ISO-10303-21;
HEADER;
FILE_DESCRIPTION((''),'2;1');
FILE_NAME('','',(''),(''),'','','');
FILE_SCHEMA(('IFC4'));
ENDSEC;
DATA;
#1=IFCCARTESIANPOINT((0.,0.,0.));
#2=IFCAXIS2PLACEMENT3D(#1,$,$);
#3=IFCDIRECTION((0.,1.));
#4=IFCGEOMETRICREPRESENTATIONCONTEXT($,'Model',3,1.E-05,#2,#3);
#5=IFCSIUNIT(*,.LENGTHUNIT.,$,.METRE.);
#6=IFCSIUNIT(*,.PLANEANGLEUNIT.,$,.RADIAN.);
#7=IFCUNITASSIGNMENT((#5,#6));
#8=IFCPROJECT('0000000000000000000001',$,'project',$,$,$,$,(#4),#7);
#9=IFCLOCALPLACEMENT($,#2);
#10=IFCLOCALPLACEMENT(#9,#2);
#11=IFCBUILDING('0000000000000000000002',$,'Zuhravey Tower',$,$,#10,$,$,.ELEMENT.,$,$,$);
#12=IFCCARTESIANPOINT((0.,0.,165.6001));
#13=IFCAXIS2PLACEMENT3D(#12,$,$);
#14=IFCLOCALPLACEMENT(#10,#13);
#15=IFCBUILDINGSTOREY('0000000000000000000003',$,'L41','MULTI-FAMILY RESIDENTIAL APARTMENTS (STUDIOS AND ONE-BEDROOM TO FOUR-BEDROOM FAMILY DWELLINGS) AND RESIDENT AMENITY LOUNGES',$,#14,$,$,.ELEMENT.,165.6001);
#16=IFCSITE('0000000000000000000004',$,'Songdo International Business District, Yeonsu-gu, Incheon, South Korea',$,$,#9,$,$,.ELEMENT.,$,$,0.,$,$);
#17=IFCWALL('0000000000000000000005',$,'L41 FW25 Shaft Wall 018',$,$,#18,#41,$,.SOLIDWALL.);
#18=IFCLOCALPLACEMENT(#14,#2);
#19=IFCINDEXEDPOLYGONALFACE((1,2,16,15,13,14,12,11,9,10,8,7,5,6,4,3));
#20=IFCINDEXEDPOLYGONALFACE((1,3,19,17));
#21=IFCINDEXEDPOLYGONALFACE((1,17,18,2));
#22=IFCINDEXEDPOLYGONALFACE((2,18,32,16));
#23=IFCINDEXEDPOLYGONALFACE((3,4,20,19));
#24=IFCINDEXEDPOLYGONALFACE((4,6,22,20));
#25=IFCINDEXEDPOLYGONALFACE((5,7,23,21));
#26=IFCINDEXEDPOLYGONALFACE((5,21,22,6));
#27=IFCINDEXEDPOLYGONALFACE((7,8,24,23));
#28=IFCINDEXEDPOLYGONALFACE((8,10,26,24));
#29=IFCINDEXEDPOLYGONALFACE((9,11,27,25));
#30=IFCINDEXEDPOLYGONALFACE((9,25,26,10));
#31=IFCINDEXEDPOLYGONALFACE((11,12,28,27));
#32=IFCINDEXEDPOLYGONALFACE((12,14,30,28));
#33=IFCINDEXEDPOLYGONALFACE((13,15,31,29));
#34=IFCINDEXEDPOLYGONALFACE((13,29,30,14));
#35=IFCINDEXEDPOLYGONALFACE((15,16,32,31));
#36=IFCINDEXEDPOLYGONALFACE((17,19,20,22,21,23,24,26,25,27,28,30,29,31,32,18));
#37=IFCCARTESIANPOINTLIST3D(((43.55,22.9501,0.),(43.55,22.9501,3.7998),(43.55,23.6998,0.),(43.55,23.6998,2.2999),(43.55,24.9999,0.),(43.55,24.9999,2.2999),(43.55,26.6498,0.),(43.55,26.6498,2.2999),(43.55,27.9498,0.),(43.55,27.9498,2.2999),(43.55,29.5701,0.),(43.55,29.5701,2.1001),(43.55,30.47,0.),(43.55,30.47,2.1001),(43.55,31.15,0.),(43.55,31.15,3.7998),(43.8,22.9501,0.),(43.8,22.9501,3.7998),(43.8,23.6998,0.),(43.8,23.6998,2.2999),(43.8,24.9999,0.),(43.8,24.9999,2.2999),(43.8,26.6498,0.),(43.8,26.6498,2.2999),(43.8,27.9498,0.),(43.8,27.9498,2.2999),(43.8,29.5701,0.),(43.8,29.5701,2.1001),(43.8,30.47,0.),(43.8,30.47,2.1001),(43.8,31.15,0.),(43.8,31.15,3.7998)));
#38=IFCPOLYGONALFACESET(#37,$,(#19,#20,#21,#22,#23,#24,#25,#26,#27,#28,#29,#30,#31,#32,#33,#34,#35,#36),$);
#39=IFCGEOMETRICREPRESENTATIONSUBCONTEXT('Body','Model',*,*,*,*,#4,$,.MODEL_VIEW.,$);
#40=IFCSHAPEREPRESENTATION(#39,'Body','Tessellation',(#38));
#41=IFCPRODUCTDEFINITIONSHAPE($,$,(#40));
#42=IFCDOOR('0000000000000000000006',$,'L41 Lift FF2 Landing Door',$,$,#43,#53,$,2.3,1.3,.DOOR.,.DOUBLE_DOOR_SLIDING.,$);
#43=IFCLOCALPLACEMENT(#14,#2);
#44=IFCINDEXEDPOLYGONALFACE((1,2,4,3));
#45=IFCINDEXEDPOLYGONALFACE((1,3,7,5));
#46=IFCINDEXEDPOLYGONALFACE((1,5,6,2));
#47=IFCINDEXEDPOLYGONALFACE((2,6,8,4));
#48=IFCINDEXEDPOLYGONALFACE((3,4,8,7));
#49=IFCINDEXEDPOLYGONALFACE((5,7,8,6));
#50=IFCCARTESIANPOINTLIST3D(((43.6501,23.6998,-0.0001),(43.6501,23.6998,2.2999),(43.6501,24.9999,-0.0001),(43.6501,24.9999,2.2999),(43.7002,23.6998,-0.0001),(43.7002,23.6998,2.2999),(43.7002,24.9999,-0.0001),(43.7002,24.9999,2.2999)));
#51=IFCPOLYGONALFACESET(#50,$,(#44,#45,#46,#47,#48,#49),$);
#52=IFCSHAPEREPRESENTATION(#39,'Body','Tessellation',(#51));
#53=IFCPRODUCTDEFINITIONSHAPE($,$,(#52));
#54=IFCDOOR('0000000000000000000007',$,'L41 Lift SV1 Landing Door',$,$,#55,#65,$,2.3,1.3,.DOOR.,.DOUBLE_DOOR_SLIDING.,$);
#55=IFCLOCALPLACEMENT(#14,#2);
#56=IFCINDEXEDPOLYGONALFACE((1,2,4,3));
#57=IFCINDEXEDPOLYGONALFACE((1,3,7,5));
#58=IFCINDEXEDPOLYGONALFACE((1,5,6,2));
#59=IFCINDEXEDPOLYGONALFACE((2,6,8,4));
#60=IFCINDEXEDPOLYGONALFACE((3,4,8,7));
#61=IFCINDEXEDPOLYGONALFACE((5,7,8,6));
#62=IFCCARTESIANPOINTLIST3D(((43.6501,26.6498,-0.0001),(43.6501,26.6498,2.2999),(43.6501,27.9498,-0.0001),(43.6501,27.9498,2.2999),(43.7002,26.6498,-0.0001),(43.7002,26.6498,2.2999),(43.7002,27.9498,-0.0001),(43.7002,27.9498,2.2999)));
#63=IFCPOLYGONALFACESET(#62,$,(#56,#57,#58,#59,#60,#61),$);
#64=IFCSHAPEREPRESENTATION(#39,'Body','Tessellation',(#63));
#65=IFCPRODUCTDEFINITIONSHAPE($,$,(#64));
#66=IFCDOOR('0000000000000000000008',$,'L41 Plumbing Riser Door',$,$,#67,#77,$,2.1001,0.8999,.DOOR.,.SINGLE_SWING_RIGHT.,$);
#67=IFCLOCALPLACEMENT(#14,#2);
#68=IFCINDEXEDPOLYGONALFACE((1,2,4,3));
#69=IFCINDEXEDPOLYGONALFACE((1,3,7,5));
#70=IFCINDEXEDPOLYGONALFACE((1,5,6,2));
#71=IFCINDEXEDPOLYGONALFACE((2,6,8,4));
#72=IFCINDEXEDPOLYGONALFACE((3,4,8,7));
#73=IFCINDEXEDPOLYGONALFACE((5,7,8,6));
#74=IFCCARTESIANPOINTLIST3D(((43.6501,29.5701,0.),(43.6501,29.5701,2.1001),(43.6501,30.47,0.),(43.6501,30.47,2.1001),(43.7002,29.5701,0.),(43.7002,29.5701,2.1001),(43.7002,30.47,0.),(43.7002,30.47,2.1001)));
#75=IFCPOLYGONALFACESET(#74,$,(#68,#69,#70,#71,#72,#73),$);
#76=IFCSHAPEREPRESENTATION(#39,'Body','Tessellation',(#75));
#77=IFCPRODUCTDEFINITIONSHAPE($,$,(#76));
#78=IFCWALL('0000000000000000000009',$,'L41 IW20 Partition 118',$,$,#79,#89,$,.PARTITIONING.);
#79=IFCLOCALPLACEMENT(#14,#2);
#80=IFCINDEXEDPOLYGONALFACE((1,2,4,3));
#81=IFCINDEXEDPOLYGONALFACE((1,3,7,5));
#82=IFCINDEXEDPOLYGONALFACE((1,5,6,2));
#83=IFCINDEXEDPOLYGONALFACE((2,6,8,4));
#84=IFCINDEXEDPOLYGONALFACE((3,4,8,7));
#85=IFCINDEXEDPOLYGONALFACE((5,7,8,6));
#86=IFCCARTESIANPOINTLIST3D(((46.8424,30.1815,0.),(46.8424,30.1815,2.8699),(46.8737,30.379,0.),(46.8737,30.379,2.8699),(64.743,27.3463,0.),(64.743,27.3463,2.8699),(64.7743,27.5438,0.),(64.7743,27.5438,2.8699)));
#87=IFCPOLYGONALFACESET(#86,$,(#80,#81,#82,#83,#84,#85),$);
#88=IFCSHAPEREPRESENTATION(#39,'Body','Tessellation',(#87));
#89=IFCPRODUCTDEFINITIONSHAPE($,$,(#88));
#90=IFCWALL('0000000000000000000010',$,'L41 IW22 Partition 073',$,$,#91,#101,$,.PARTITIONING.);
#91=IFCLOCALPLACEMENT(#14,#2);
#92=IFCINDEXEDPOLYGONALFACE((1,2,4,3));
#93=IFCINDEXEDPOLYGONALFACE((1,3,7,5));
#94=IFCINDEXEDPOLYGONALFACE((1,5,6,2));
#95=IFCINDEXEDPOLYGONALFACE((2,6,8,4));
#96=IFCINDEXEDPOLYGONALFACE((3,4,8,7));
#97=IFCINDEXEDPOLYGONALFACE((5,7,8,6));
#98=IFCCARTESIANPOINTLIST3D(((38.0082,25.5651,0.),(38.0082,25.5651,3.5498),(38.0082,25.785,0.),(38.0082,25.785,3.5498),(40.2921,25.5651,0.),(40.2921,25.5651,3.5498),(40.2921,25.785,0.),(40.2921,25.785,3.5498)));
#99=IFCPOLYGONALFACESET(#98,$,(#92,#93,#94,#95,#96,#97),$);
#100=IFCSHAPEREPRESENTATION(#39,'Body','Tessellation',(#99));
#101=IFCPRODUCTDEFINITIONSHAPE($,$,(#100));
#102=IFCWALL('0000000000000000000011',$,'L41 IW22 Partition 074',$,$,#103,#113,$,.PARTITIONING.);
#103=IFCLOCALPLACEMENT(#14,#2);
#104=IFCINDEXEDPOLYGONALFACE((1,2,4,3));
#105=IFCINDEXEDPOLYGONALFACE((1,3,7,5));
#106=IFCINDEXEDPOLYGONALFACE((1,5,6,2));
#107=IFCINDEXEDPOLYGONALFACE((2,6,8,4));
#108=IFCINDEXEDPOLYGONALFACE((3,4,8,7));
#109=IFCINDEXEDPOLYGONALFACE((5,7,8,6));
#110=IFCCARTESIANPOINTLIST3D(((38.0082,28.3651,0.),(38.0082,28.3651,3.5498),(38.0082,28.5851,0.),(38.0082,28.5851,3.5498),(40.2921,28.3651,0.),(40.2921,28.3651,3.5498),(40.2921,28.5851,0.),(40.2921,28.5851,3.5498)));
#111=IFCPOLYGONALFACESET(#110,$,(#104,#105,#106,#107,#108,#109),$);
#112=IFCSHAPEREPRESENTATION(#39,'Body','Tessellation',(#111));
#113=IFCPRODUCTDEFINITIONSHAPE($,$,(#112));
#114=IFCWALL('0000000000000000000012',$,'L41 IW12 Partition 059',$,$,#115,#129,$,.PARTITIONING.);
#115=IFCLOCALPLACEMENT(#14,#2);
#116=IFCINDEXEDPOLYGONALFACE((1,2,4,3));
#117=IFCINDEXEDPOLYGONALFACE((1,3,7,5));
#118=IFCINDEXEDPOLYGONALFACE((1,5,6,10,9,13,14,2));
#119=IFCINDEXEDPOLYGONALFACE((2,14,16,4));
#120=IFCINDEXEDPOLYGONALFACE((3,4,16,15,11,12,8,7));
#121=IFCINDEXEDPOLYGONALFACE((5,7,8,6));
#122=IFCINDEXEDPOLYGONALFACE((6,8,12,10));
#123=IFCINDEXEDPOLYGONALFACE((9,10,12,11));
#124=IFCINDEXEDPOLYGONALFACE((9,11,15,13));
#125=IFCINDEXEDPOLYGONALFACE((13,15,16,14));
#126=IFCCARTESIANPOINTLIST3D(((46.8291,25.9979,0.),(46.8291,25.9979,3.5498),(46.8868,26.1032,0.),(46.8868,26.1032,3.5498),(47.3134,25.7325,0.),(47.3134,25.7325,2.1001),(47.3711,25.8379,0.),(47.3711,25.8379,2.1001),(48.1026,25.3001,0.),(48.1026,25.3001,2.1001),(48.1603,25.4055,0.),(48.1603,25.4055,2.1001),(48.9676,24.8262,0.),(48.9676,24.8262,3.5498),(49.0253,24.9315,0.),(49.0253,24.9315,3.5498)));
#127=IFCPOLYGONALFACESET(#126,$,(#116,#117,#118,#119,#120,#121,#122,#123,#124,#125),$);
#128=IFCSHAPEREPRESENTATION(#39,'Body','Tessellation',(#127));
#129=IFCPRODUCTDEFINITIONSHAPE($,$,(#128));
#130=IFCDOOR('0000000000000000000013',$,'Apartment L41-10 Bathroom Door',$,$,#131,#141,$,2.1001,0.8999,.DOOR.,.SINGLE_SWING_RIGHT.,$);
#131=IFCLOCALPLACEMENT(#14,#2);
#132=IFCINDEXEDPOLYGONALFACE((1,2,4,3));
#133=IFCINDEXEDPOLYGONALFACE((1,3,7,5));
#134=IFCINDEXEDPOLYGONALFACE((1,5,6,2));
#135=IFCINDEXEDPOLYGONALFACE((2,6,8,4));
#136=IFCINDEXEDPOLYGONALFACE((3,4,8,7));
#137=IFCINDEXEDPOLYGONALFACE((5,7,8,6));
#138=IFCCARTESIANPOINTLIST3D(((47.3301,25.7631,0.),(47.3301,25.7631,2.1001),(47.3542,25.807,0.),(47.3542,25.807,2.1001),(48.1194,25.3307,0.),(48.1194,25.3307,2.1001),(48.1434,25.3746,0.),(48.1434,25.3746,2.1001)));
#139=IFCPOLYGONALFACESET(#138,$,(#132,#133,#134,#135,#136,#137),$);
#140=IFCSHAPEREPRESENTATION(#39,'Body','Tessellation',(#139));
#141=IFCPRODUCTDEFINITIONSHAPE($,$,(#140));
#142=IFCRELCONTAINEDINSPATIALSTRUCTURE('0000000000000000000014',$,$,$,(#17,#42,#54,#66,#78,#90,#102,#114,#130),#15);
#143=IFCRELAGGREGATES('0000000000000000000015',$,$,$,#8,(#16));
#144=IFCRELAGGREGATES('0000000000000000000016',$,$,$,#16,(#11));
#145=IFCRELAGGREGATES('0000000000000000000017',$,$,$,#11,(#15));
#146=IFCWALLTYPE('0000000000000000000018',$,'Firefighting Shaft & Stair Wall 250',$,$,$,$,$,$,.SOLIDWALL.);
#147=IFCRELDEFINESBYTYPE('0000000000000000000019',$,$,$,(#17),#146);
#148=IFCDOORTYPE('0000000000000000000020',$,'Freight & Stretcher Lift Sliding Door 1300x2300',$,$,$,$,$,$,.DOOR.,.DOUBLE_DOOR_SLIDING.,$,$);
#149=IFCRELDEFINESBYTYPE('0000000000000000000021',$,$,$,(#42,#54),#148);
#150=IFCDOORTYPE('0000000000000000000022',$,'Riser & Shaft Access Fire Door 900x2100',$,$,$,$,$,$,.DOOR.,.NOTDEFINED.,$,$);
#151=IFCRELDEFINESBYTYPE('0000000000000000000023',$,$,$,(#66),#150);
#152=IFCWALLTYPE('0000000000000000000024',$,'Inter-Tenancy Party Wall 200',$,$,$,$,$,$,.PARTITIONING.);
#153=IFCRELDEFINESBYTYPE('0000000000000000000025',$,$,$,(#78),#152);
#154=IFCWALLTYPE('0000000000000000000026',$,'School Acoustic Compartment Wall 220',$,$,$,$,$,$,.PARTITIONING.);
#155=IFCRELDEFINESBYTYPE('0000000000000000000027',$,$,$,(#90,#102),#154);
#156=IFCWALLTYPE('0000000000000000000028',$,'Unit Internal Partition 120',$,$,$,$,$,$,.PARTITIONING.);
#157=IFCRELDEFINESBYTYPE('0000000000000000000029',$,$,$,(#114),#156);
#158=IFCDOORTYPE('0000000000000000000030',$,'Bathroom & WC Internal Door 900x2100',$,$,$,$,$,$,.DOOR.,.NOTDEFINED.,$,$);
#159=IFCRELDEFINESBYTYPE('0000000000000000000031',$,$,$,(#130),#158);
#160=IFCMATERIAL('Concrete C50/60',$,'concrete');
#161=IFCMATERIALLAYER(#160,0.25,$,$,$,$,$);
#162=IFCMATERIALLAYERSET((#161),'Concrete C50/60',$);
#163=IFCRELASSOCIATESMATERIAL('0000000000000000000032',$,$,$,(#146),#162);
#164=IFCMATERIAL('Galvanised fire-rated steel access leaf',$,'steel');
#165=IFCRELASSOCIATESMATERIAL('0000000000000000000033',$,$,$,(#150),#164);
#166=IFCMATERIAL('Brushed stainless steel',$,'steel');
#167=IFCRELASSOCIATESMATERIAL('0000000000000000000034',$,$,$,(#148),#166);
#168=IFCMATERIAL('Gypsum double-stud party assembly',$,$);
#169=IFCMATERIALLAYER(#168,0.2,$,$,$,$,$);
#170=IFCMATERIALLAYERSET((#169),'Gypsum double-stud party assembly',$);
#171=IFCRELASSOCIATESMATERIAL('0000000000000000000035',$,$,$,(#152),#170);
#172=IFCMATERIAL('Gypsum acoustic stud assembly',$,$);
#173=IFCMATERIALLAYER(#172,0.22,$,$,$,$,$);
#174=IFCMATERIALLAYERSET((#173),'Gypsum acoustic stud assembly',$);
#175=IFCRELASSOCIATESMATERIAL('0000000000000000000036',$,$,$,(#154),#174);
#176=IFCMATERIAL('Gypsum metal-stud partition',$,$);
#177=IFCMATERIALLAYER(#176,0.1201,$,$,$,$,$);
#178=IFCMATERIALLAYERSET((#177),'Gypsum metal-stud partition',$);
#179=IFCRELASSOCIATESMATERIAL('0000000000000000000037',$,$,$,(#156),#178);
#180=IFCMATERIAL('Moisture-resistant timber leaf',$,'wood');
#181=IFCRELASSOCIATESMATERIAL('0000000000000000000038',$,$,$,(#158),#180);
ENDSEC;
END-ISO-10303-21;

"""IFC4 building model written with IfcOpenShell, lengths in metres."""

from ifc_helpers import new_model, si_unit, direction, frame, frame_2d, origin, place, context, subcontext, project, spatial, rectangle, extrude, material, layer, layer_set, type_object, element, fill, save


model = new_model("IFC4")

# Units and contexts
model_context = context("Model", 3, precision=1e-05, world=origin(), true_north=direction((0.0, 1.0)))
body_context = subcontext(model_context, "Body", "Model", "MODEL_VIEW")
ifc_project = project(units=[si_unit("LENGTHUNIT", "METRE"), si_unit("PLANEANGLEUNIT", "RADIAN")], contexts=[model_context])

# Site, building, storey
site_placement = place(None, origin())
site = spatial("IfcSite", under=ifc_project, at=site_placement, Name="Songdo International Business District, Yeonsu-gu, Incheon, South Korea", CompositionType="ELEMENT", RefElevation=0.0)
building_placement = place(site_placement, origin())
building = spatial("IfcBuilding", under=site, at=building_placement, Name="Zuhravey Tower", CompositionType="ELEMENT")
storey_placement = place(building_placement, frame((0.0, 0.0, 165.6001)))
storey = spatial("IfcBuildingStorey", under=building, at=storey_placement, Name="L41", Description="MULTI-FAMILY RESIDENTIAL APARTMENTS (STUDIOS AND ONE-BEDROOM TO FOUR-BEDROOM FAMILY DWELLINGS) AND RESIDENT AMENITY LOUNGES", CompositionType="ELEMENT", Elevation=165.6001)

# Shared definitions
ifc_material_1 = material(Name="Concrete C50/60", Category="concrete")
ifc_layer_1 = layer(ifc_material_1, 0.25)
ifc_layer_set_1 = layer_set([ifc_layer_1], Name="Concrete C50/60")
wall_type_1 = type_object("IfcWallType", Name="Firefighting Shaft & Stair Wall 250", PredefinedType="SOLIDWALL", material=ifc_layer_set_1)

# Shared definitions
ifc_material_2 = material(Name="Galvanised fire-rated steel access leaf", Category="steel")
door_type_1 = type_object("IfcDoorType", Name="Riser & Shaft Access Fire Door 900x2100", OperationType="NOTDEFINED", PredefinedType="DOOR", material=ifc_material_2)

# Wall, openings, doors
wall_1_placement = place(storey_placement, frame((43.675, 22.95, 0.0), z_axis=(0.0, 0.0, 1.0), x_axis=(0.0, 1.0, 0.0)))
wall_1 = element("IfcWall", 1, at=wall_1_placement, inside=storey, type_object=wall_type_1, Name="L41 FW25 Shaft Wall 018", PredefinedType="SOLIDWALL", context=body_context, shape_type="SweptSolid", body=[
    extrude(rectangle(XDim=8.2, YDim=0.25, at=frame_2d((4.1001, 0.0))), origin(), (0.0, 0.0, 1.0), 3.7998),
])
opening_1_placement = place(wall_1_placement, frame((0.75, 0.0, 0.0)))
opening_1 = element("IfcOpeningElement", 2, at=opening_1_placement, cuts=wall_1, PredefinedType="OPENING", context=body_context, shape_type="SweptSolid", body=[
    extrude(rectangle(XDim=1.3, YDim=2.3, at=frame_2d((0.6499, 1.1499))), frame((0.0, 0.137, 0.0), z_axis=(0.0, -1.0, 0.0), x_axis=(1.0, 0.0, 0.0)), (0.0, 0.0, 1.0), 0.2739),
])
opening_2_placement = place(wall_1_placement, frame((3.7, 0.0, 0.0)))
opening_2 = element("IfcOpeningElement", 3, at=opening_2_placement, cuts=wall_1, PredefinedType="OPENING", context=body_context, shape_type="SweptSolid", body=[
    extrude(rectangle(XDim=1.3, YDim=2.3, at=frame_2d((0.6499, 1.1499))), frame((0.0, 0.137, 0.0), z_axis=(0.0, -1.0, 0.0), x_axis=(1.0, 0.0, 0.0)), (0.0, 0.0, 1.0), 0.2739),
])
opening_3_placement = place(wall_1_placement, frame((6.6201, 0.0, 0.0)))
opening_3 = element("IfcOpeningElement", 4, at=opening_3_placement, cuts=wall_1, PredefinedType="OPENING", context=body_context, shape_type="SweptSolid", body=[
    extrude(rectangle(XDim=0.8999, YDim=2.1001, at=frame_2d((0.45, 1.05))), frame((0.0, 0.137, 0.0), z_axis=(0.0, -1.0, 0.0), x_axis=(1.0, 0.0, 0.0)), (0.0, 0.0, 1.0), 0.2739),
])
ifc_material_3 = material(Name="Brushed stainless steel", Category="steel")
door_type_2 = type_object("IfcDoorType", Name="Freight & Stretcher Lift Sliding Door 1300x2300", OperationType="DOUBLE_DOOR_SLIDING", PredefinedType="DOOR", material=ifc_material_3)
door_1_placement = place(opening_1_placement, origin())
door_1 = element("IfcDoor", 5, at=door_1_placement, inside=storey, type_object=door_type_2, Name="L41 Lift FF2 Landing Door", OperationType="DOUBLE_DOOR_SLIDING", OverallHeight=2.3, OverallWidth=1.3, PredefinedType="DOOR", context=body_context, shape_type="SweptSolid", body=[
    extrude(rectangle(XDim=1.3, YDim=2.3, at=frame_2d((0.6499, 1.1499))), frame((0.0, 0.0249, 0.0), z_axis=(0.0, -1.0, 0.0), x_axis=(1.0, 0.0, 0.0)), (0.0, 0.0, 1.0), 0.05),
])
fill(opening_1, door_1)
door_2_placement = place(opening_2_placement, origin())
door_2 = element("IfcDoor", 6, at=door_2_placement, inside=storey, type_object=door_type_2, Name="L41 Lift SV1 Landing Door", OperationType="DOUBLE_DOOR_SLIDING", OverallHeight=2.3, OverallWidth=1.3, PredefinedType="DOOR", context=body_context, shape_type="SweptSolid", body=[
    extrude(rectangle(XDim=1.3, YDim=2.3, at=frame_2d((0.6499, 1.1499))), frame((0.0, 0.0249, 0.0), z_axis=(0.0, -1.0, 0.0), x_axis=(1.0, 0.0, 0.0)), (0.0, 0.0, 1.0), 0.05),
])
fill(opening_2, door_2)
door_3_placement = place(opening_3_placement, origin())
door_3 = element("IfcDoor", 7, at=door_3_placement, inside=storey, type_object=door_type_1, Name="L41 Plumbing Riser Door", OperationType="SINGLE_SWING_RIGHT", OverallHeight=2.1001, OverallWidth=0.8999, PredefinedType="DOOR", context=body_context, shape_type="SweptSolid", body=[
    extrude(rectangle(XDim=0.8999, YDim=2.1001, at=frame_2d((0.45, 1.05))), frame((0.0, 0.0249, 0.0), z_axis=(0.0, -1.0, 0.0), x_axis=(1.0, 0.0, 0.0)), (0.0, 0.0, 1.0), 0.05),
])
fill(opening_3, door_3)

# Walls
ifc_material_4 = material(Name="Gypsum double-stud party assembly")
ifc_layer_2 = layer(ifc_material_4, 0.2)
ifc_layer_set_2 = layer_set([ifc_layer_2], Name="Gypsum double-stud party assembly")
wall_type_2 = type_object("IfcWallType", Name="Inter-Tenancy Party Wall 200", PredefinedType="PARTITIONING", material=ifc_layer_set_2)
wall_2_placement = place(storey_placement, frame((46.8579, 30.2803, 0.0), z_axis=(0.0, 0.0, 1.0), x_axis=(0.987688, -0.156436, 0.0)))
element("IfcWall", 8, at=wall_2_placement, inside=storey, type_object=wall_type_2, Name="L41 IW20 Partition 118", PredefinedType="PARTITIONING", context=body_context, shape_type="SweptSolid", body=[
    extrude(rectangle(XDim=18.1238, YDim=0.2, at=frame_2d((9.062, 0.0))), origin(), (0.0, 0.0, 1.0), 2.8699),
])
ifc_material_5 = material(Name="Gypsum acoustic stud assembly")
ifc_layer_3 = layer(ifc_material_5, 0.22)
ifc_layer_set_3 = layer_set([ifc_layer_3], Name="Gypsum acoustic stud assembly")
wall_type_3 = type_object("IfcWallType", Name="School Acoustic Compartment Wall 220", PredefinedType="PARTITIONING", material=ifc_layer_set_3)
for number, where, z_axis, x_axis, name in (
    (9, (38.0081, 25.675, 0.0), (0.0, 0.0, 1.0), (1.0, 0.0, 0.0), "L41 IW22 Partition 073"),
    (10, (38.0081, 28.4751, 0.0), (0.0, 0.0, 1.0), (1.0, 0.0, 0.0), "L41 IW22 Partition 074"),
):
    element("IfcWall", number, at=place(storey_placement, frame(where, z_axis=z_axis, x_axis=x_axis)), inside=storey, type_object=wall_type_3, Name=name, PredefinedType="PARTITIONING", context=body_context, shape_type="SweptSolid", body=[
        extrude(rectangle(XDim=2.2839, YDim=0.22, at=frame_2d((1.1421, 0.0))), origin(), (0.0, 0.0, 1.0), 3.5498),
    ])

# Wall, opening, door
ifc_material_6 = material(Name="Gypsum metal-stud partition")
ifc_layer_4 = layer(ifc_material_6, 0.1201)
ifc_layer_set_4 = layer_set([ifc_layer_4], Name="Gypsum metal-stud partition")
wall_type_4 = type_object("IfcWallType", Name="Unit Internal Partition 120", PredefinedType="PARTITIONING", material=ifc_layer_set_4)
wall_3_placement = place(storey_placement, frame((46.8579, 26.0505, 0.0), z_axis=(0.0, 0.0, 1.0), x_axis=(0.876995, -0.4805, 0.0)))
wall_3 = element("IfcWall", 11, at=wall_3_placement, inside=storey, type_object=wall_type_4, Name="L41 IW12 Partition 059", PredefinedType="PARTITIONING", context=body_context, shape_type="SweptSolid", body=[
    extrude(rectangle(XDim=2.4385, YDim=0.1201, at=frame_2d((1.2192, 0.0))), origin(), (0.0, 0.0, 1.0), 3.5498),
])
opening_4_placement = place(wall_3_placement, frame((0.5522, 0.0, 0.0)))
opening_4 = element("IfcOpeningElement", 12, at=opening_4_placement, cuts=wall_3, PredefinedType="OPENING", context=body_context, shape_type="SweptSolid", body=[
    extrude(rectangle(XDim=0.8999, YDim=2.1001, at=frame_2d((0.45, 1.05))), frame((0.0, 0.072, 0.0), z_axis=(0.0, -1.0, 0.0), x_axis=(1.0, 0.0, 0.0)), (0.0, 0.0, 1.0), 0.144),
])
ifc_material_7 = material(Name="Moisture-resistant timber leaf", Category="wood")
door_type_3 = type_object("IfcDoorType", Name="Bathroom & WC Internal Door 900x2100", OperationType="NOTDEFINED", PredefinedType="DOOR", material=ifc_material_7)
door_4_placement = place(opening_4_placement, origin())
door_4 = element("IfcDoor", 13, at=door_4_placement, inside=storey, type_object=door_type_3, Name="Apartment L41-10 Bathroom Door", OperationType="SINGLE_SWING_RIGHT", OverallHeight=2.1001, OverallWidth=0.8999, PredefinedType="DOOR", context=body_context, shape_type="SweptSolid", body=[
    extrude(rectangle(XDim=0.8999, YDim=2.1001, at=frame_2d((0.45, 1.05))), frame((0.0, 0.0249, 0.0), z_axis=(0.0, -1.0, 0.0), x_axis=(1.0, 0.0, 0.0)), (0.0, 0.0, 1.0), 0.05),
])
fill(opening_4, door_4)

save(model, "model.ifc")
